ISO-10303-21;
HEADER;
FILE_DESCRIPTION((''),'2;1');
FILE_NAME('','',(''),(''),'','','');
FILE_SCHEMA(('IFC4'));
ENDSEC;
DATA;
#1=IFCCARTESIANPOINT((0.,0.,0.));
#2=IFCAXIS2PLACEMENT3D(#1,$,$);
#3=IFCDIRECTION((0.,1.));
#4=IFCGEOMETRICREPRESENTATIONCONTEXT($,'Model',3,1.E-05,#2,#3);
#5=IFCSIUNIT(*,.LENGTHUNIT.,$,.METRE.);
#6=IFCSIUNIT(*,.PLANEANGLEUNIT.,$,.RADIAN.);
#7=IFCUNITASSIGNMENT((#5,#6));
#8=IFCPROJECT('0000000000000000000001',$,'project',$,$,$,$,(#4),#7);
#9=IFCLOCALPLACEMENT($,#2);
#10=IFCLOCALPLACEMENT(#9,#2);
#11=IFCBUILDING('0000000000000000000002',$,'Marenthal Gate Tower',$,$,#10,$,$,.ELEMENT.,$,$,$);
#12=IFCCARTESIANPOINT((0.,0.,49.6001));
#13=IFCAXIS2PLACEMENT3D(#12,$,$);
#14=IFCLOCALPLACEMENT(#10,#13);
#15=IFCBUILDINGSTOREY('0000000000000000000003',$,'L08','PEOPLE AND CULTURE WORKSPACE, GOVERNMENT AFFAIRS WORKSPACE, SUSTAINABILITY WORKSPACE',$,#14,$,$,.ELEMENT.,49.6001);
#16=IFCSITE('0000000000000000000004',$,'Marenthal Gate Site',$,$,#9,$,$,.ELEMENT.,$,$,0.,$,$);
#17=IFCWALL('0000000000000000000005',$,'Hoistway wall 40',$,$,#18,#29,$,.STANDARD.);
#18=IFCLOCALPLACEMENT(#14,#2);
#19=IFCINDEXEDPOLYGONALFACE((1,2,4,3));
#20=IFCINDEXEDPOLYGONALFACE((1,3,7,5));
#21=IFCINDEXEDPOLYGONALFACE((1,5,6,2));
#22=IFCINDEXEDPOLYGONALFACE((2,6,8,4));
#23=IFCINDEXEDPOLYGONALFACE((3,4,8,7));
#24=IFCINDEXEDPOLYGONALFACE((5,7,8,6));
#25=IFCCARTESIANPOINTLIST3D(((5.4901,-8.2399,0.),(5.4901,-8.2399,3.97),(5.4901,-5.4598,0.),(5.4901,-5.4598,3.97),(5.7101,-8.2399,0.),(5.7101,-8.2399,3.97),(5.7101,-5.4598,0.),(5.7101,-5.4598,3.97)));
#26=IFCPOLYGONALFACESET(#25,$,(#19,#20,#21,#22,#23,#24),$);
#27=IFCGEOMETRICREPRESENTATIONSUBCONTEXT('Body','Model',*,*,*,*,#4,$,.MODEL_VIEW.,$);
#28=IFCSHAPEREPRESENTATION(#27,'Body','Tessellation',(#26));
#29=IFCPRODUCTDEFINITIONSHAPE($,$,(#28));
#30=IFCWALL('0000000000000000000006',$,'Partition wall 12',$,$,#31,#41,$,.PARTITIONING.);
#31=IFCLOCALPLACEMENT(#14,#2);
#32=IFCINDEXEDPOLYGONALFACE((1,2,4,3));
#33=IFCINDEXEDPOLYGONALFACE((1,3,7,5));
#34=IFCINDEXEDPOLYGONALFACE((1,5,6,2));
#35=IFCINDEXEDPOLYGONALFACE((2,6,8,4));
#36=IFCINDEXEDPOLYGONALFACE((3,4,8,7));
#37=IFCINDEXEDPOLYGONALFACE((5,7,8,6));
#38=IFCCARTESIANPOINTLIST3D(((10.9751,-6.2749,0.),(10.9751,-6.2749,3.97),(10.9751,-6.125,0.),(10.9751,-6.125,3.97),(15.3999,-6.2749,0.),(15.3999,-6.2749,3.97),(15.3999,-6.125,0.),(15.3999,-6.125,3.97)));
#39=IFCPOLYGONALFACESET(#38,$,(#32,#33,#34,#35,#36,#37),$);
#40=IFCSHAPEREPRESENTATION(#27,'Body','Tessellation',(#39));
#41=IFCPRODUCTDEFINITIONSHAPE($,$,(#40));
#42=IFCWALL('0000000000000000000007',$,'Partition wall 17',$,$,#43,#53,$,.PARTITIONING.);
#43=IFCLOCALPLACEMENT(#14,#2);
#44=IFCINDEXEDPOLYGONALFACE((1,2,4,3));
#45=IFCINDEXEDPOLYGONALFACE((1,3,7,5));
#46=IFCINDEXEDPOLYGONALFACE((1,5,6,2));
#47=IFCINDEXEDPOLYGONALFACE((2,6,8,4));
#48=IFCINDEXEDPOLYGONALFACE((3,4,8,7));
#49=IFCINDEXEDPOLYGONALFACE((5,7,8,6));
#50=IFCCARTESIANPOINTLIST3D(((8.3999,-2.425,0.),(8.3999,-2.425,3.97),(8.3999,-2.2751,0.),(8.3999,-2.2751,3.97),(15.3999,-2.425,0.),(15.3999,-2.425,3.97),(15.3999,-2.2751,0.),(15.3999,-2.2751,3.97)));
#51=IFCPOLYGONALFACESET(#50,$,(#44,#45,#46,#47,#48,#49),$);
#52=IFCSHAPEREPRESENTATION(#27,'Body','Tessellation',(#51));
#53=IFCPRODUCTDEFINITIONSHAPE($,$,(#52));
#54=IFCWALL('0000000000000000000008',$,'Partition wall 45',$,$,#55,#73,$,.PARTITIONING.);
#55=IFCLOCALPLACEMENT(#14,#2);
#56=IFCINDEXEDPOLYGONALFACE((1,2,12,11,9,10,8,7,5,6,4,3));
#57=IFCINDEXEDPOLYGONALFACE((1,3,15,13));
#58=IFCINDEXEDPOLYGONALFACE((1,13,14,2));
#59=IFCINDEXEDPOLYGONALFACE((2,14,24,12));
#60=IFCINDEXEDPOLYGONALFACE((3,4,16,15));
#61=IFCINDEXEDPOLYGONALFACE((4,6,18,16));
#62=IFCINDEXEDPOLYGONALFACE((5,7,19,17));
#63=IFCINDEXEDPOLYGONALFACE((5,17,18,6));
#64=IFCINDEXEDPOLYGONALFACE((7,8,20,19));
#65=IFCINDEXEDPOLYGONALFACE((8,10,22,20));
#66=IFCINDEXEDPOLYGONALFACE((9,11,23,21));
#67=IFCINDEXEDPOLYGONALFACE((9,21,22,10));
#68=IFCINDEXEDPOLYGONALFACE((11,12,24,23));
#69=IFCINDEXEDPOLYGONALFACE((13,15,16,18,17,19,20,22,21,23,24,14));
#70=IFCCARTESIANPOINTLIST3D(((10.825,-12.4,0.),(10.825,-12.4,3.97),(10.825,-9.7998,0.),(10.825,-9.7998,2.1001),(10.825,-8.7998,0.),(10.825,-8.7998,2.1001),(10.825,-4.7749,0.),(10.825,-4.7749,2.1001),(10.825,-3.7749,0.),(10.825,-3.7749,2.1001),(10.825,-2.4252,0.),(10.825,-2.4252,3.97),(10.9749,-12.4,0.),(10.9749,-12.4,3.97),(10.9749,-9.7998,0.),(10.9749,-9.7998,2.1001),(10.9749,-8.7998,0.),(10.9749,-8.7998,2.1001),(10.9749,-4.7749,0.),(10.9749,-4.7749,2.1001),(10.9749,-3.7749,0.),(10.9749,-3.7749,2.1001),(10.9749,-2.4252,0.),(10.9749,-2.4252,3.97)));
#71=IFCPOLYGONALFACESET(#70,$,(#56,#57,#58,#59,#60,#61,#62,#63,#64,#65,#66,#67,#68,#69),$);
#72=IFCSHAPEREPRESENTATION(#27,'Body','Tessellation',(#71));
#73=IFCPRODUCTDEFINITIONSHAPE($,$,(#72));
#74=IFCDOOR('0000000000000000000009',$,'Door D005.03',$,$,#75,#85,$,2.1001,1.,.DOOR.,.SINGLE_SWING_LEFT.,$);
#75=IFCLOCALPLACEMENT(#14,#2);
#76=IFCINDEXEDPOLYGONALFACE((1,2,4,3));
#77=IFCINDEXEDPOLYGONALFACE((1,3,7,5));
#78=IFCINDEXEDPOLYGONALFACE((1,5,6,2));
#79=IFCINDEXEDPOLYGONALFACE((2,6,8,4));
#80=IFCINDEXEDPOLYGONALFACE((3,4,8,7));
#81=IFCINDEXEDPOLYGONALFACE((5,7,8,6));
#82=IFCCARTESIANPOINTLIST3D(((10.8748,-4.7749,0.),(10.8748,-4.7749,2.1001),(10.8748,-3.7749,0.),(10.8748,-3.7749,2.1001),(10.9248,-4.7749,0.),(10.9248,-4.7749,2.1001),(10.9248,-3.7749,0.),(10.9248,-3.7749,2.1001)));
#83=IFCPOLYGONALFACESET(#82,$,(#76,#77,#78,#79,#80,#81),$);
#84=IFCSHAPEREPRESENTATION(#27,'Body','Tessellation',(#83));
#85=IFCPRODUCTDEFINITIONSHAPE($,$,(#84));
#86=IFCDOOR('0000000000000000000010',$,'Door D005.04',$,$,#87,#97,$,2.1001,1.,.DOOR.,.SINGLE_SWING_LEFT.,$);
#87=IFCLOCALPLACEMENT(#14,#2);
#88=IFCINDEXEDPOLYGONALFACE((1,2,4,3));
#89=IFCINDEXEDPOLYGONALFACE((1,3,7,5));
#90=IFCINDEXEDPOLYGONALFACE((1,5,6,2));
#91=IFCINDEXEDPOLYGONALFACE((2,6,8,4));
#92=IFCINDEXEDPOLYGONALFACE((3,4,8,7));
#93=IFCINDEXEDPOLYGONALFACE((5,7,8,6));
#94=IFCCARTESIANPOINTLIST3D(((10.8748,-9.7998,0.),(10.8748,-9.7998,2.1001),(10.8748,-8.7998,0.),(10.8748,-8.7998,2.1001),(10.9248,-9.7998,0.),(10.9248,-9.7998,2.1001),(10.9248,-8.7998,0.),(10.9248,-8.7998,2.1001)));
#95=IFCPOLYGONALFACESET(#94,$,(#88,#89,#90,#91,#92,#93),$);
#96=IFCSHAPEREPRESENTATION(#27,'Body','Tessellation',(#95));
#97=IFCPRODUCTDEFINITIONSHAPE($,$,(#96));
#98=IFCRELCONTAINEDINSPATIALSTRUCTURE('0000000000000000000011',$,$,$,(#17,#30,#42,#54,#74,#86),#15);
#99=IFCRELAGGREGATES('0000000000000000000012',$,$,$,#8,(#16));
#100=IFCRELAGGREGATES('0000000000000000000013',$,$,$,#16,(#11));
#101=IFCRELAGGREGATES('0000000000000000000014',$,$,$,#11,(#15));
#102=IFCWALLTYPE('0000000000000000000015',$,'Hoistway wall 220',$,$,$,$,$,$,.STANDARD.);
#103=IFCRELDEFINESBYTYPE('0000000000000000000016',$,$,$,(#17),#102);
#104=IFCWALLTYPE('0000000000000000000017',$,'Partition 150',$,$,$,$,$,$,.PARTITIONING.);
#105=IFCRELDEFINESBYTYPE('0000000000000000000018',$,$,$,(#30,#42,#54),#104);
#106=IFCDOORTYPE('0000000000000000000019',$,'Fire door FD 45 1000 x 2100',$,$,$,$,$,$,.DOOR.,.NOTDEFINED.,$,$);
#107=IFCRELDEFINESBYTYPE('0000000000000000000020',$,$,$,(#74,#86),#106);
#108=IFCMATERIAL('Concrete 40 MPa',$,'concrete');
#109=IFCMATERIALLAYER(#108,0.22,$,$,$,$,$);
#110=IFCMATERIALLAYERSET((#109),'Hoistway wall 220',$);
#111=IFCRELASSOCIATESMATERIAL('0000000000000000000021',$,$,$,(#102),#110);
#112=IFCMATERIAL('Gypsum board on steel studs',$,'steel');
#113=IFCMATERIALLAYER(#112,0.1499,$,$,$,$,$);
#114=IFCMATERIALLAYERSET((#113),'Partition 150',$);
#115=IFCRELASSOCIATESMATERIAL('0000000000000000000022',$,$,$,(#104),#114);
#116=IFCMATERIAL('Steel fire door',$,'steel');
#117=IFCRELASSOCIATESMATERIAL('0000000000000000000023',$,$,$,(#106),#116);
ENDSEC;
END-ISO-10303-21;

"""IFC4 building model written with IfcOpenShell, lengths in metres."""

from ifc_helpers import new_model, si_unit, direction, frame, frame_2d, origin, place, context, subcontext, project, spatial, rectangle, extrude, material, layer, layer_set, type_object, element, fill, save


model = new_model("IFC4")

# Units and contexts
model_context = context("Model", 3, precision=1e-05, world=origin(), true_north=direction((0.0, 1.0)))
body_context = subcontext(model_context, "Body", "Model", "MODEL_VIEW")
ifc_project = project(units=[si_unit("LENGTHUNIT", "METRE"), si_unit("PLANEANGLEUNIT", "RADIAN")], contexts=[model_context])

# Site, building, storey
site_placement = place(None, origin())
site = spatial("IfcSite", under=ifc_project, at=site_placement, Name="Marenthal Gate Site", CompositionType="ELEMENT", RefElevation=0.0)
building_placement = place(site_placement, origin())
building = spatial("IfcBuilding", under=site, at=building_placement, Name="Marenthal Gate Tower", CompositionType="ELEMENT")
storey_placement = place(building_placement, frame((0.0, 0.0, 49.6001)))
storey = spatial("IfcBuildingStorey", under=building, at=storey_placement, Name="L08", Description="PEOPLE AND CULTURE WORKSPACE, GOVERNMENT AFFAIRS WORKSPACE, SUSTAINABILITY WORKSPACE", CompositionType="ELEMENT", Elevation=49.6001)

# Walls
ifc_material_1 = material(Name="Concrete 40 MPa", Category="concrete")
ifc_layer_1 = layer(ifc_material_1, 0.22)
ifc_layer_set_1 = layer_set([ifc_layer_1], Name="Hoistway wall 220")
wall_type_1 = type_object("IfcWallType", Name="Hoistway wall 220", PredefinedType="STANDARD", material=ifc_layer_set_1)
for number, where, z_axis, x_axis, name in (
    (1, (5.6001, -8.24, 0.0), (0.0, 0.0, 1.0), (0.0, 1.0, 0.0), "Hoistway wall 40"),
):
    element("IfcWall", number, at=place(storey_placement, frame(where, z_axis=z_axis, x_axis=x_axis)), inside=storey, type_object=wall_type_1, Name=name, PredefinedType="STANDARD", context=body_context, shape_type="SweptSolid", body=[
        extrude(rectangle(XDim=2.78, YDim=0.22, at=frame_2d((1.3901, 0.0))), origin(), (0.0, 0.0, 1.0), 3.97),
    ])
ifc_material_2 = material(Name="Gypsum board on steel studs", Category="steel")
ifc_layer_2 = layer(ifc_material_2, 0.1499)
ifc_layer_set_2 = layer_set([ifc_layer_2], Name="Partition 150")
wall_type_2 = type_object("IfcWallType", Name="Partition 150", PredefinedType="PARTITIONING", material=ifc_layer_set_2)
wall_1_placement = place(storey_placement, frame((10.9751, -6.2, 0.0), z_axis=(0.0, 0.0, 1.0), x_axis=(1.0, 0.0, 0.0)))
element("IfcWall", 2, at=wall_1_placement, inside=storey, type_object=wall_type_2, Name="Partition wall 12", PredefinedType="PARTITIONING", context=body_context, shape_type="SweptSolid", body=[
    extrude(rectangle(XDim=4.4248, YDim=0.1499, at=frame_2d((2.2124, 0.0))), origin(), (0.0, 0.0, 1.0), 3.97),
])
wall_2_placement = place(storey_placement, frame((8.3999, -2.3501, 0.0), z_axis=(0.0, 0.0, 1.0), x_axis=(1.0, 0.0, 0.0)))
element("IfcWall", 3, at=wall_2_placement, inside=storey, type_object=wall_type_2, Name="Partition wall 17", PredefinedType="PARTITIONING", context=body_context, shape_type="SweptSolid", body=[
    extrude(rectangle(XDim=7.0, YDim=0.1499, at=frame_2d((3.5, 0.0))), origin(), (0.0, 0.0, 1.0), 3.97),
])

# Wall, openings, doors
wall_3_placement = place(storey_placement, frame((10.8999, -12.3999, 0.0), z_axis=(0.0, 0.0, 1.0), x_axis=(0.0, 1.0, 0.0)))
wall_3 = element("IfcWall", 4, at=wall_3_placement, inside=storey, type_object=wall_type_2, Name="Partition wall 45", PredefinedType="PARTITIONING", context=body_context, shape_type="SweptSolid", body=[
    extrude(rectangle(XDim=9.9749, YDim=0.1499, at=frame_2d((4.9873, 0.0))), origin(), (0.0, 0.0, 1.0), 3.97),
])
opening_1_placement = place(wall_3_placement, frame((7.625, 0.0, 0.0)))
opening_1 = element("IfcOpeningElement", 5, at=opening_1_placement, cuts=wall_3, PredefinedType="OPENING", context=body_context, shape_type="SweptSolid", body=[
    extrude(rectangle(XDim=1.0, YDim=2.1001, at=frame_2d((0.5, 1.05))), frame((0.0, 0.085, 0.0), z_axis=(0.0, -1.0, 0.0), x_axis=(1.0, 0.0, 0.0)), (0.0, 0.0, 1.0), 0.1699),
])
opening_2_placement = place(wall_3_placement, frame((2.6001, 0.0, 0.0)))
opening_2 = element("IfcOpeningElement", 6, at=opening_2_placement, cuts=wall_3, PredefinedType="OPENING", context=body_context, shape_type="SweptSolid", body=[
    extrude(rectangle(XDim=1.0, YDim=2.1001, at=frame_2d((0.5, 1.05))), frame((0.0, 0.085, 0.0), z_axis=(0.0, -1.0, 0.0), x_axis=(1.0, 0.0, 0.0)), (0.0, 0.0, 1.0), 0.1699),
])
ifc_material_3 = material(Name="Steel fire door", Category="steel")
door_type_1 = type_object("IfcDoorType", Name="Fire door FD 45 1000 x 2100", OperationType="NOTDEFINED", PredefinedType="DOOR", material=ifc_material_3)
door_1_placement = place(opening_1_placement, frame((1.0, 0.0, 0.0), z_axis=(0.0, 0.0, 1.0), x_axis=(-1.0, 0.0, 0.0)))
door_1 = element("IfcDoor", 7, at=door_1_placement, inside=storey, type_object=door_type_1, Name="Door D005.03", OperationType="SINGLE_SWING_LEFT", OverallHeight=2.1001, OverallWidth=1.0, PredefinedType="DOOR", context=body_context, shape_type="SweptSolid", body=[
    extrude(rectangle(XDim=1.0, YDim=2.1001, at=frame_2d((0.5, 1.05))), frame((0.0, 0.0249, 0.0), z_axis=(0.0, -1.0, 0.0), x_axis=(1.0, 0.0, 0.0)), (0.0, 0.0, 1.0), 0.05),
])
fill(opening_1, door_1)
door_2_placement = place(opening_2_placement, frame((1.0, 0.0, 0.0), z_axis=(0.0, 0.0, 1.0), x_axis=(-1.0, 0.0, 0.0)))
door_2 = element("IfcDoor", 8, at=door_2_placement, inside=storey, type_object=door_type_1, Name="Door D005.04", OperationType="SINGLE_SWING_LEFT", OverallHeight=2.1001, OverallWidth=1.0, PredefinedType="DOOR", context=body_context, shape_type="SweptSolid", body=[
    extrude(rectangle(XDim=1.0, YDim=2.1001, at=frame_2d((0.5, 1.05))), frame((0.0, 0.0249, 0.0), z_axis=(0.0, -1.0, 0.0), x_axis=(1.0, 0.0, 0.0)), (0.0, 0.0, 1.0), 0.05),
])
fill(opening_2, door_2)

save(model, "model.ifc")
